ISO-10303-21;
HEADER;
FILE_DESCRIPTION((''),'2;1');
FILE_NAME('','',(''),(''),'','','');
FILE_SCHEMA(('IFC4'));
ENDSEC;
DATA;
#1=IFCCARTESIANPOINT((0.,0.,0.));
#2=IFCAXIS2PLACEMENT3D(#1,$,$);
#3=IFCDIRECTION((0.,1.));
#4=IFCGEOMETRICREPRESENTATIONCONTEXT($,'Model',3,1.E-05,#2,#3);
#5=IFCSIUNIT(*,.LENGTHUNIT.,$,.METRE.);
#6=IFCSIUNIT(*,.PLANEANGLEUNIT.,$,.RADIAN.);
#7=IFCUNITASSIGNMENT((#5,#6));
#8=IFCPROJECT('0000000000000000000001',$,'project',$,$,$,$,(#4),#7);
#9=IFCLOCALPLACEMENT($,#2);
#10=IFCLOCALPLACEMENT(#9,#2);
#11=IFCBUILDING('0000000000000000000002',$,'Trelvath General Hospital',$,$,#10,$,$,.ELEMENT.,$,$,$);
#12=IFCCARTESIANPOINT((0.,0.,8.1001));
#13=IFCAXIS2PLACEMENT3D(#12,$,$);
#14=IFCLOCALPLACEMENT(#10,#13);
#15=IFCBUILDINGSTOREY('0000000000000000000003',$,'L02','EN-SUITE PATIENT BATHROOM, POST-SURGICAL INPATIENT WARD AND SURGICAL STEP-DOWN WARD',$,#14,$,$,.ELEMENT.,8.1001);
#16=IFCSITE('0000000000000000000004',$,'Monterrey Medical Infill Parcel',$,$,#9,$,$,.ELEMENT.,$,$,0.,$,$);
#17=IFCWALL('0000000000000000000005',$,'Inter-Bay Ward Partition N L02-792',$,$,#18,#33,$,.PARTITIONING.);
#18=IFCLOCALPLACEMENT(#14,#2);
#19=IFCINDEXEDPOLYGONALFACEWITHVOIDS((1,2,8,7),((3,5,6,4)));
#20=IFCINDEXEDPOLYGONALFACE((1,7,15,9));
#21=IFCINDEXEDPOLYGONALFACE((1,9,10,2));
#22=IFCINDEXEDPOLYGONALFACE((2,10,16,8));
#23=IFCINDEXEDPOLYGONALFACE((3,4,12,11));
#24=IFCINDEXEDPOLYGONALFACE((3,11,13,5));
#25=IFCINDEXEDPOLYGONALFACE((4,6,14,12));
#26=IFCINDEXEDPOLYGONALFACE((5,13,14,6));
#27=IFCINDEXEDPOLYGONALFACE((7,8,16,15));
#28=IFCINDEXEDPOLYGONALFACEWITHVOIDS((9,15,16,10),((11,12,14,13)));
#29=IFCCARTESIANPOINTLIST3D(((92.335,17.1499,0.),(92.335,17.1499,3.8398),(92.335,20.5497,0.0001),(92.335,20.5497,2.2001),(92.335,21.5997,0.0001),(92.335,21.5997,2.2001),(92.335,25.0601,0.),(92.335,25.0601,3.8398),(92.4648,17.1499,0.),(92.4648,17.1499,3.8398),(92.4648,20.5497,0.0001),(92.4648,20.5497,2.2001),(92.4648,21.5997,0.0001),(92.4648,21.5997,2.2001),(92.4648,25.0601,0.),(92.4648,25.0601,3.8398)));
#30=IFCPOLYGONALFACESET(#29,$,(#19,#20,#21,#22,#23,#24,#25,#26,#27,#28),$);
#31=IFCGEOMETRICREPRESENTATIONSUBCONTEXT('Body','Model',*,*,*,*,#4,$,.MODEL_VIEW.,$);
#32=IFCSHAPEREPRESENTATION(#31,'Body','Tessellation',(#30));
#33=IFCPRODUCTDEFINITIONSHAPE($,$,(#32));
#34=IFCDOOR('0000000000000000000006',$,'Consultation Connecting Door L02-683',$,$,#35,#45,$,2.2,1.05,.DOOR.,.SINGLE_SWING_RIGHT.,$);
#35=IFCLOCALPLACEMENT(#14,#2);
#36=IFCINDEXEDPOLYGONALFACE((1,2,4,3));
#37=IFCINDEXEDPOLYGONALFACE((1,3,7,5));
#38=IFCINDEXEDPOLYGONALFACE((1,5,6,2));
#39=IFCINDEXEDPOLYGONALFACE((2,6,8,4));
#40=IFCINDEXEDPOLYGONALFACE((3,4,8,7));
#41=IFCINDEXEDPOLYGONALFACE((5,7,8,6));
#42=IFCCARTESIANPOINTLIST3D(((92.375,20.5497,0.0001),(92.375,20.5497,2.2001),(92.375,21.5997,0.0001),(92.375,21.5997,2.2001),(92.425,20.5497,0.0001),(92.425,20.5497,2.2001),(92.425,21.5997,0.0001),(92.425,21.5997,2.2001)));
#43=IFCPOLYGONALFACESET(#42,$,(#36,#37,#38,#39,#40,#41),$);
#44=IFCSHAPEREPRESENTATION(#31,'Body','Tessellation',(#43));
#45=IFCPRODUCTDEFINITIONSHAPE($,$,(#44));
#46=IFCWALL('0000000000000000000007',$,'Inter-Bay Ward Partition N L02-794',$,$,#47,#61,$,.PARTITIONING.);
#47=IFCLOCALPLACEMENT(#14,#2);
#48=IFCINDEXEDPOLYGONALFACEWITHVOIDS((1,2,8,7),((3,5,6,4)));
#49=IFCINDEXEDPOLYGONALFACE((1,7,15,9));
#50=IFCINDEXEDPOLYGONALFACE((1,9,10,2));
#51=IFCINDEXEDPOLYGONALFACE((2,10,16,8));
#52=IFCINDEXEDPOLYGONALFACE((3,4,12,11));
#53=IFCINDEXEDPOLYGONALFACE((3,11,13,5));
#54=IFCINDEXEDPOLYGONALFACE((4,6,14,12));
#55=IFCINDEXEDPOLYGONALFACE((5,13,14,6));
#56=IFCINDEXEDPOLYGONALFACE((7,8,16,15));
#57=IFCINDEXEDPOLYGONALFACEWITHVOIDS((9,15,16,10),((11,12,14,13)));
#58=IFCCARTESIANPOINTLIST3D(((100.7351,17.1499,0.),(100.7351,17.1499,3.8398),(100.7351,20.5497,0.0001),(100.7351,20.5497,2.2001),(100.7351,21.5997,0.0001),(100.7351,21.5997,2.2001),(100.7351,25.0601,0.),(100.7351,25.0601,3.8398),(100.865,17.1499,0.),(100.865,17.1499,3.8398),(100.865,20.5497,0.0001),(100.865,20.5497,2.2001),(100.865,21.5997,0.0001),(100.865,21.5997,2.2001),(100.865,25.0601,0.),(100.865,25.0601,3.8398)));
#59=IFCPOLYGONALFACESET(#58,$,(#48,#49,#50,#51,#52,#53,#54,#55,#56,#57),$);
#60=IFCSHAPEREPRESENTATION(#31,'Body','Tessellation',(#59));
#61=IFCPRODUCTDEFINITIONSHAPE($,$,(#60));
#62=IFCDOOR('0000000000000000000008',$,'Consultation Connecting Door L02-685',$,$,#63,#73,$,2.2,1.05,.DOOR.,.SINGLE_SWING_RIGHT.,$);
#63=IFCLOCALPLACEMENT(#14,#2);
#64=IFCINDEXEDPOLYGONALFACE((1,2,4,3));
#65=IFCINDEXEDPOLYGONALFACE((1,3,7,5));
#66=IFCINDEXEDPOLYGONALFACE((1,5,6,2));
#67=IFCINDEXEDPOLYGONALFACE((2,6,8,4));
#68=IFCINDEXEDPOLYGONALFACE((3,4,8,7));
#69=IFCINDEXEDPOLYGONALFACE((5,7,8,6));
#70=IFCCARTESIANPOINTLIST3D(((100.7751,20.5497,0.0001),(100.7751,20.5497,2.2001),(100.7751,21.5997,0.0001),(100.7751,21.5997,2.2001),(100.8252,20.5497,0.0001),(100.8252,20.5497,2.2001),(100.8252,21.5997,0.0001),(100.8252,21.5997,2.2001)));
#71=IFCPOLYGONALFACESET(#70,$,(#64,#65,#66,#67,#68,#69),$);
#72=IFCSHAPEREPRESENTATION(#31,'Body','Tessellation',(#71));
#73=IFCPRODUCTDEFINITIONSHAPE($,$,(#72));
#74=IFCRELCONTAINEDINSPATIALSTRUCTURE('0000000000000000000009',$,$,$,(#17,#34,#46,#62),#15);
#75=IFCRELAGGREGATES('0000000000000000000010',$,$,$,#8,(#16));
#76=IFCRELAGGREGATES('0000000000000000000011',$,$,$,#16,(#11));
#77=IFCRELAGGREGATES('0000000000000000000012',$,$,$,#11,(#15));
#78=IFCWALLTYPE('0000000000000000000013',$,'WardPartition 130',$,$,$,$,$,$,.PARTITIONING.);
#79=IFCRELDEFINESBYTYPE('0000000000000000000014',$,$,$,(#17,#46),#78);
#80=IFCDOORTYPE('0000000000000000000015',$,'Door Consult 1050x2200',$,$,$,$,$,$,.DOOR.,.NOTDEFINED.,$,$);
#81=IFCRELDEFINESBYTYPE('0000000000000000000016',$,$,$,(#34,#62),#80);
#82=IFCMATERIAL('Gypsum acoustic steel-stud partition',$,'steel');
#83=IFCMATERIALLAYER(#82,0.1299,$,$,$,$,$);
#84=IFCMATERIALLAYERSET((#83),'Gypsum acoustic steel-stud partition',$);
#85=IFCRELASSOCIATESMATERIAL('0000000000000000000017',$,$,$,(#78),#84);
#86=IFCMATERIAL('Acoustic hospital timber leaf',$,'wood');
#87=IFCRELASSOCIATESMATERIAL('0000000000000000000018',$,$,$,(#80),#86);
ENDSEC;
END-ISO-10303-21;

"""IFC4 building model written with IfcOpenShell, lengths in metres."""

from ifc_helpers import new_model, si_unit, direction, frame, frame_2d, origin, place, context, subcontext, project, spatial, rectangle, extrude, material, layer, layer_set, type_object, element, fill, save


model = new_model("IFC4")

# Units and contexts
model_context = context("Model", 3, precision=1e-05, world=origin(), true_north=direction((0.0, 1.0)))
body_context = subcontext(model_context, "Body", "Model", "MODEL_VIEW")
ifc_project = project(units=[si_unit("LENGTHUNIT", "METRE"), si_unit("PLANEANGLEUNIT", "RADIAN")], contexts=[model_context])

# Site, building, storey
site_placement = place(None, origin())
site = spatial("IfcSite", under=ifc_project, at=site_placement, Name="Monterrey Medical Infill Parcel", CompositionType="ELEMENT", RefElevation=0.0)
building_placement = place(site_placement, origin())
building = spatial("IfcBuilding", under=site, at=building_placement, Name="Trelvath General Hospital", CompositionType="ELEMENT")
storey_placement = place(building_placement, frame((0.0, 0.0, 8.1001)))
storey = spatial("IfcBuildingStorey", under=building, at=storey_placement, Name="L02", Description="EN-SUITE PATIENT BATHROOM, POST-SURGICAL INPATIENT WARD AND SURGICAL STEP-DOWN WARD", CompositionType="ELEMENT", Elevation=8.1001)

# Walls, openings, doors
ifc_material_1 = material(Name="Gypsum acoustic steel-stud partition", Category="steel")
ifc_layer_1 = layer(ifc_material_1, 0.1299)
ifc_layer_set_1 = layer_set([ifc_layer_1], Name="Gypsum acoustic steel-stud partition")
wall_type_1 = type_object("IfcWallType", Name="WardPartition 130", PredefinedType="PARTITIONING", material=ifc_layer_set_1)
wall_1_placement = place(storey_placement, frame((92.3999, 17.1499, 0.0), z_axis=(0.0, 0.0, 1.0), x_axis=(0.0, 1.0, 0.0)))
wall_1 = element("IfcWall", 1, at=wall_1_placement, inside=storey, type_object=wall_type_1, Name="Inter-Bay Ward Partition N L02-792", PredefinedType="PARTITIONING", context=body_context, shape_type="SweptSolid", body=[
    extrude(rectangle(XDim=7.9102, YDim=0.1299, at=frame_2d((3.9551, 0.0))), origin(), (0.0, 0.0, 1.0), 3.8398),
])
opening_1_placement = place(wall_1_placement, frame((3.3999, 0.0, 0.0)))
opening_1 = element("IfcOpeningElement", 2, at=opening_1_placement, cuts=wall_1, PredefinedType="OPENING", context=body_context, shape_type="SweptSolid", body=[
    extrude(rectangle(XDim=1.05, YDim=2.2, at=frame_2d((0.5249, 1.1001))), frame((0.0, 0.075, 0.0), z_axis=(0.0, -1.0, 0.0), x_axis=(1.0, 0.0, 0.0)), (0.0, 0.0, 1.0), 0.1499),
])
ifc_material_2 = material(Name="Acoustic hospital timber leaf", Category="wood")
door_type = type_object("IfcDoorType", Name="Door Consult 1050x2200", OperationType="NOTDEFINED", PredefinedType="DOOR", material=ifc_material_2)
door_1_placement = place(opening_1_placement, origin())
door_1 = element("IfcDoor", 3, at=door_1_placement, inside=storey, type_object=door_type, Name="Consultation Connecting Door L02-683", OperationType="SINGLE_SWING_RIGHT", OverallHeight=2.2, OverallWidth=1.05, PredefinedType="DOOR", context=body_context, shape_type="SweptSolid", body=[
    extrude(rectangle(XDim=1.05, YDim=2.2, at=frame_2d((0.5249, 1.1001))), frame((0.0, 0.0249, 0.0), z_axis=(0.0, -1.0, 0.0), x_axis=(1.0, 0.0, 0.0)), (0.0, 0.0, 1.0), 0.05),
])
fill(opening_1, door_1)
wall_2_placement = place(storey_placement, frame((100.8, 17.1499, 0.0), z_axis=(0.0, 0.0, 1.0), x_axis=(0.0, 1.0, 0.0)))
wall_2 = element("IfcWall", 4, at=wall_2_placement, inside=storey, type_object=wall_type_1, Name="Inter-Bay Ward Partition N L02-794", PredefinedType="PARTITIONING", context=body_context, shape_type="SweptSolid", body=[
    extrude(rectangle(XDim=7.9102, YDim=0.1299, at=frame_2d((3.9551, 0.0))), origin(), (0.0, 0.0, 1.0), 3.8398),
])
opening_2_placement = place(wall_2_placement, frame((3.3999, 0.0, 0.0)))
opening_2 = element("IfcOpeningElement", 5, at=opening_2_placement, cuts=wall_2, PredefinedType="OPENING", context=body_context, shape_type="SweptSolid", body=[
    extrude(rectangle(XDim=1.05, YDim=2.2, at=frame_2d((0.5249, 1.1001))), frame((0.0, 0.075, 0.0), z_axis=(0.0, -1.0, 0.0), x_axis=(1.0, 0.0, 0.0)), (0.0, 0.0, 1.0), 0.1499),
])
door_2_placement = place(opening_2_placement, origin())
door_2 = element("IfcDoor", 6, at=door_2_placement, inside=storey, type_object=door_type, Name="Consultation Connecting Door L02-685", OperationType="SINGLE_SWING_RIGHT", OverallHeight=2.2, OverallWidth=1.05, PredefinedType="DOOR", context=body_context, shape_type="SweptSolid", body=[
    extrude(rectangle(XDim=1.05, YDim=2.2, at=frame_2d((0.5249, 1.1001))), frame((0.0, 0.0249, 0.0), z_axis=(0.0, -1.0, 0.0), x_axis=(1.0, 0.0, 0.0)), (0.0, 0.0, 1.0), 0.05),
])
fill(opening_2, door_2)

save(model, "model.ifc")
